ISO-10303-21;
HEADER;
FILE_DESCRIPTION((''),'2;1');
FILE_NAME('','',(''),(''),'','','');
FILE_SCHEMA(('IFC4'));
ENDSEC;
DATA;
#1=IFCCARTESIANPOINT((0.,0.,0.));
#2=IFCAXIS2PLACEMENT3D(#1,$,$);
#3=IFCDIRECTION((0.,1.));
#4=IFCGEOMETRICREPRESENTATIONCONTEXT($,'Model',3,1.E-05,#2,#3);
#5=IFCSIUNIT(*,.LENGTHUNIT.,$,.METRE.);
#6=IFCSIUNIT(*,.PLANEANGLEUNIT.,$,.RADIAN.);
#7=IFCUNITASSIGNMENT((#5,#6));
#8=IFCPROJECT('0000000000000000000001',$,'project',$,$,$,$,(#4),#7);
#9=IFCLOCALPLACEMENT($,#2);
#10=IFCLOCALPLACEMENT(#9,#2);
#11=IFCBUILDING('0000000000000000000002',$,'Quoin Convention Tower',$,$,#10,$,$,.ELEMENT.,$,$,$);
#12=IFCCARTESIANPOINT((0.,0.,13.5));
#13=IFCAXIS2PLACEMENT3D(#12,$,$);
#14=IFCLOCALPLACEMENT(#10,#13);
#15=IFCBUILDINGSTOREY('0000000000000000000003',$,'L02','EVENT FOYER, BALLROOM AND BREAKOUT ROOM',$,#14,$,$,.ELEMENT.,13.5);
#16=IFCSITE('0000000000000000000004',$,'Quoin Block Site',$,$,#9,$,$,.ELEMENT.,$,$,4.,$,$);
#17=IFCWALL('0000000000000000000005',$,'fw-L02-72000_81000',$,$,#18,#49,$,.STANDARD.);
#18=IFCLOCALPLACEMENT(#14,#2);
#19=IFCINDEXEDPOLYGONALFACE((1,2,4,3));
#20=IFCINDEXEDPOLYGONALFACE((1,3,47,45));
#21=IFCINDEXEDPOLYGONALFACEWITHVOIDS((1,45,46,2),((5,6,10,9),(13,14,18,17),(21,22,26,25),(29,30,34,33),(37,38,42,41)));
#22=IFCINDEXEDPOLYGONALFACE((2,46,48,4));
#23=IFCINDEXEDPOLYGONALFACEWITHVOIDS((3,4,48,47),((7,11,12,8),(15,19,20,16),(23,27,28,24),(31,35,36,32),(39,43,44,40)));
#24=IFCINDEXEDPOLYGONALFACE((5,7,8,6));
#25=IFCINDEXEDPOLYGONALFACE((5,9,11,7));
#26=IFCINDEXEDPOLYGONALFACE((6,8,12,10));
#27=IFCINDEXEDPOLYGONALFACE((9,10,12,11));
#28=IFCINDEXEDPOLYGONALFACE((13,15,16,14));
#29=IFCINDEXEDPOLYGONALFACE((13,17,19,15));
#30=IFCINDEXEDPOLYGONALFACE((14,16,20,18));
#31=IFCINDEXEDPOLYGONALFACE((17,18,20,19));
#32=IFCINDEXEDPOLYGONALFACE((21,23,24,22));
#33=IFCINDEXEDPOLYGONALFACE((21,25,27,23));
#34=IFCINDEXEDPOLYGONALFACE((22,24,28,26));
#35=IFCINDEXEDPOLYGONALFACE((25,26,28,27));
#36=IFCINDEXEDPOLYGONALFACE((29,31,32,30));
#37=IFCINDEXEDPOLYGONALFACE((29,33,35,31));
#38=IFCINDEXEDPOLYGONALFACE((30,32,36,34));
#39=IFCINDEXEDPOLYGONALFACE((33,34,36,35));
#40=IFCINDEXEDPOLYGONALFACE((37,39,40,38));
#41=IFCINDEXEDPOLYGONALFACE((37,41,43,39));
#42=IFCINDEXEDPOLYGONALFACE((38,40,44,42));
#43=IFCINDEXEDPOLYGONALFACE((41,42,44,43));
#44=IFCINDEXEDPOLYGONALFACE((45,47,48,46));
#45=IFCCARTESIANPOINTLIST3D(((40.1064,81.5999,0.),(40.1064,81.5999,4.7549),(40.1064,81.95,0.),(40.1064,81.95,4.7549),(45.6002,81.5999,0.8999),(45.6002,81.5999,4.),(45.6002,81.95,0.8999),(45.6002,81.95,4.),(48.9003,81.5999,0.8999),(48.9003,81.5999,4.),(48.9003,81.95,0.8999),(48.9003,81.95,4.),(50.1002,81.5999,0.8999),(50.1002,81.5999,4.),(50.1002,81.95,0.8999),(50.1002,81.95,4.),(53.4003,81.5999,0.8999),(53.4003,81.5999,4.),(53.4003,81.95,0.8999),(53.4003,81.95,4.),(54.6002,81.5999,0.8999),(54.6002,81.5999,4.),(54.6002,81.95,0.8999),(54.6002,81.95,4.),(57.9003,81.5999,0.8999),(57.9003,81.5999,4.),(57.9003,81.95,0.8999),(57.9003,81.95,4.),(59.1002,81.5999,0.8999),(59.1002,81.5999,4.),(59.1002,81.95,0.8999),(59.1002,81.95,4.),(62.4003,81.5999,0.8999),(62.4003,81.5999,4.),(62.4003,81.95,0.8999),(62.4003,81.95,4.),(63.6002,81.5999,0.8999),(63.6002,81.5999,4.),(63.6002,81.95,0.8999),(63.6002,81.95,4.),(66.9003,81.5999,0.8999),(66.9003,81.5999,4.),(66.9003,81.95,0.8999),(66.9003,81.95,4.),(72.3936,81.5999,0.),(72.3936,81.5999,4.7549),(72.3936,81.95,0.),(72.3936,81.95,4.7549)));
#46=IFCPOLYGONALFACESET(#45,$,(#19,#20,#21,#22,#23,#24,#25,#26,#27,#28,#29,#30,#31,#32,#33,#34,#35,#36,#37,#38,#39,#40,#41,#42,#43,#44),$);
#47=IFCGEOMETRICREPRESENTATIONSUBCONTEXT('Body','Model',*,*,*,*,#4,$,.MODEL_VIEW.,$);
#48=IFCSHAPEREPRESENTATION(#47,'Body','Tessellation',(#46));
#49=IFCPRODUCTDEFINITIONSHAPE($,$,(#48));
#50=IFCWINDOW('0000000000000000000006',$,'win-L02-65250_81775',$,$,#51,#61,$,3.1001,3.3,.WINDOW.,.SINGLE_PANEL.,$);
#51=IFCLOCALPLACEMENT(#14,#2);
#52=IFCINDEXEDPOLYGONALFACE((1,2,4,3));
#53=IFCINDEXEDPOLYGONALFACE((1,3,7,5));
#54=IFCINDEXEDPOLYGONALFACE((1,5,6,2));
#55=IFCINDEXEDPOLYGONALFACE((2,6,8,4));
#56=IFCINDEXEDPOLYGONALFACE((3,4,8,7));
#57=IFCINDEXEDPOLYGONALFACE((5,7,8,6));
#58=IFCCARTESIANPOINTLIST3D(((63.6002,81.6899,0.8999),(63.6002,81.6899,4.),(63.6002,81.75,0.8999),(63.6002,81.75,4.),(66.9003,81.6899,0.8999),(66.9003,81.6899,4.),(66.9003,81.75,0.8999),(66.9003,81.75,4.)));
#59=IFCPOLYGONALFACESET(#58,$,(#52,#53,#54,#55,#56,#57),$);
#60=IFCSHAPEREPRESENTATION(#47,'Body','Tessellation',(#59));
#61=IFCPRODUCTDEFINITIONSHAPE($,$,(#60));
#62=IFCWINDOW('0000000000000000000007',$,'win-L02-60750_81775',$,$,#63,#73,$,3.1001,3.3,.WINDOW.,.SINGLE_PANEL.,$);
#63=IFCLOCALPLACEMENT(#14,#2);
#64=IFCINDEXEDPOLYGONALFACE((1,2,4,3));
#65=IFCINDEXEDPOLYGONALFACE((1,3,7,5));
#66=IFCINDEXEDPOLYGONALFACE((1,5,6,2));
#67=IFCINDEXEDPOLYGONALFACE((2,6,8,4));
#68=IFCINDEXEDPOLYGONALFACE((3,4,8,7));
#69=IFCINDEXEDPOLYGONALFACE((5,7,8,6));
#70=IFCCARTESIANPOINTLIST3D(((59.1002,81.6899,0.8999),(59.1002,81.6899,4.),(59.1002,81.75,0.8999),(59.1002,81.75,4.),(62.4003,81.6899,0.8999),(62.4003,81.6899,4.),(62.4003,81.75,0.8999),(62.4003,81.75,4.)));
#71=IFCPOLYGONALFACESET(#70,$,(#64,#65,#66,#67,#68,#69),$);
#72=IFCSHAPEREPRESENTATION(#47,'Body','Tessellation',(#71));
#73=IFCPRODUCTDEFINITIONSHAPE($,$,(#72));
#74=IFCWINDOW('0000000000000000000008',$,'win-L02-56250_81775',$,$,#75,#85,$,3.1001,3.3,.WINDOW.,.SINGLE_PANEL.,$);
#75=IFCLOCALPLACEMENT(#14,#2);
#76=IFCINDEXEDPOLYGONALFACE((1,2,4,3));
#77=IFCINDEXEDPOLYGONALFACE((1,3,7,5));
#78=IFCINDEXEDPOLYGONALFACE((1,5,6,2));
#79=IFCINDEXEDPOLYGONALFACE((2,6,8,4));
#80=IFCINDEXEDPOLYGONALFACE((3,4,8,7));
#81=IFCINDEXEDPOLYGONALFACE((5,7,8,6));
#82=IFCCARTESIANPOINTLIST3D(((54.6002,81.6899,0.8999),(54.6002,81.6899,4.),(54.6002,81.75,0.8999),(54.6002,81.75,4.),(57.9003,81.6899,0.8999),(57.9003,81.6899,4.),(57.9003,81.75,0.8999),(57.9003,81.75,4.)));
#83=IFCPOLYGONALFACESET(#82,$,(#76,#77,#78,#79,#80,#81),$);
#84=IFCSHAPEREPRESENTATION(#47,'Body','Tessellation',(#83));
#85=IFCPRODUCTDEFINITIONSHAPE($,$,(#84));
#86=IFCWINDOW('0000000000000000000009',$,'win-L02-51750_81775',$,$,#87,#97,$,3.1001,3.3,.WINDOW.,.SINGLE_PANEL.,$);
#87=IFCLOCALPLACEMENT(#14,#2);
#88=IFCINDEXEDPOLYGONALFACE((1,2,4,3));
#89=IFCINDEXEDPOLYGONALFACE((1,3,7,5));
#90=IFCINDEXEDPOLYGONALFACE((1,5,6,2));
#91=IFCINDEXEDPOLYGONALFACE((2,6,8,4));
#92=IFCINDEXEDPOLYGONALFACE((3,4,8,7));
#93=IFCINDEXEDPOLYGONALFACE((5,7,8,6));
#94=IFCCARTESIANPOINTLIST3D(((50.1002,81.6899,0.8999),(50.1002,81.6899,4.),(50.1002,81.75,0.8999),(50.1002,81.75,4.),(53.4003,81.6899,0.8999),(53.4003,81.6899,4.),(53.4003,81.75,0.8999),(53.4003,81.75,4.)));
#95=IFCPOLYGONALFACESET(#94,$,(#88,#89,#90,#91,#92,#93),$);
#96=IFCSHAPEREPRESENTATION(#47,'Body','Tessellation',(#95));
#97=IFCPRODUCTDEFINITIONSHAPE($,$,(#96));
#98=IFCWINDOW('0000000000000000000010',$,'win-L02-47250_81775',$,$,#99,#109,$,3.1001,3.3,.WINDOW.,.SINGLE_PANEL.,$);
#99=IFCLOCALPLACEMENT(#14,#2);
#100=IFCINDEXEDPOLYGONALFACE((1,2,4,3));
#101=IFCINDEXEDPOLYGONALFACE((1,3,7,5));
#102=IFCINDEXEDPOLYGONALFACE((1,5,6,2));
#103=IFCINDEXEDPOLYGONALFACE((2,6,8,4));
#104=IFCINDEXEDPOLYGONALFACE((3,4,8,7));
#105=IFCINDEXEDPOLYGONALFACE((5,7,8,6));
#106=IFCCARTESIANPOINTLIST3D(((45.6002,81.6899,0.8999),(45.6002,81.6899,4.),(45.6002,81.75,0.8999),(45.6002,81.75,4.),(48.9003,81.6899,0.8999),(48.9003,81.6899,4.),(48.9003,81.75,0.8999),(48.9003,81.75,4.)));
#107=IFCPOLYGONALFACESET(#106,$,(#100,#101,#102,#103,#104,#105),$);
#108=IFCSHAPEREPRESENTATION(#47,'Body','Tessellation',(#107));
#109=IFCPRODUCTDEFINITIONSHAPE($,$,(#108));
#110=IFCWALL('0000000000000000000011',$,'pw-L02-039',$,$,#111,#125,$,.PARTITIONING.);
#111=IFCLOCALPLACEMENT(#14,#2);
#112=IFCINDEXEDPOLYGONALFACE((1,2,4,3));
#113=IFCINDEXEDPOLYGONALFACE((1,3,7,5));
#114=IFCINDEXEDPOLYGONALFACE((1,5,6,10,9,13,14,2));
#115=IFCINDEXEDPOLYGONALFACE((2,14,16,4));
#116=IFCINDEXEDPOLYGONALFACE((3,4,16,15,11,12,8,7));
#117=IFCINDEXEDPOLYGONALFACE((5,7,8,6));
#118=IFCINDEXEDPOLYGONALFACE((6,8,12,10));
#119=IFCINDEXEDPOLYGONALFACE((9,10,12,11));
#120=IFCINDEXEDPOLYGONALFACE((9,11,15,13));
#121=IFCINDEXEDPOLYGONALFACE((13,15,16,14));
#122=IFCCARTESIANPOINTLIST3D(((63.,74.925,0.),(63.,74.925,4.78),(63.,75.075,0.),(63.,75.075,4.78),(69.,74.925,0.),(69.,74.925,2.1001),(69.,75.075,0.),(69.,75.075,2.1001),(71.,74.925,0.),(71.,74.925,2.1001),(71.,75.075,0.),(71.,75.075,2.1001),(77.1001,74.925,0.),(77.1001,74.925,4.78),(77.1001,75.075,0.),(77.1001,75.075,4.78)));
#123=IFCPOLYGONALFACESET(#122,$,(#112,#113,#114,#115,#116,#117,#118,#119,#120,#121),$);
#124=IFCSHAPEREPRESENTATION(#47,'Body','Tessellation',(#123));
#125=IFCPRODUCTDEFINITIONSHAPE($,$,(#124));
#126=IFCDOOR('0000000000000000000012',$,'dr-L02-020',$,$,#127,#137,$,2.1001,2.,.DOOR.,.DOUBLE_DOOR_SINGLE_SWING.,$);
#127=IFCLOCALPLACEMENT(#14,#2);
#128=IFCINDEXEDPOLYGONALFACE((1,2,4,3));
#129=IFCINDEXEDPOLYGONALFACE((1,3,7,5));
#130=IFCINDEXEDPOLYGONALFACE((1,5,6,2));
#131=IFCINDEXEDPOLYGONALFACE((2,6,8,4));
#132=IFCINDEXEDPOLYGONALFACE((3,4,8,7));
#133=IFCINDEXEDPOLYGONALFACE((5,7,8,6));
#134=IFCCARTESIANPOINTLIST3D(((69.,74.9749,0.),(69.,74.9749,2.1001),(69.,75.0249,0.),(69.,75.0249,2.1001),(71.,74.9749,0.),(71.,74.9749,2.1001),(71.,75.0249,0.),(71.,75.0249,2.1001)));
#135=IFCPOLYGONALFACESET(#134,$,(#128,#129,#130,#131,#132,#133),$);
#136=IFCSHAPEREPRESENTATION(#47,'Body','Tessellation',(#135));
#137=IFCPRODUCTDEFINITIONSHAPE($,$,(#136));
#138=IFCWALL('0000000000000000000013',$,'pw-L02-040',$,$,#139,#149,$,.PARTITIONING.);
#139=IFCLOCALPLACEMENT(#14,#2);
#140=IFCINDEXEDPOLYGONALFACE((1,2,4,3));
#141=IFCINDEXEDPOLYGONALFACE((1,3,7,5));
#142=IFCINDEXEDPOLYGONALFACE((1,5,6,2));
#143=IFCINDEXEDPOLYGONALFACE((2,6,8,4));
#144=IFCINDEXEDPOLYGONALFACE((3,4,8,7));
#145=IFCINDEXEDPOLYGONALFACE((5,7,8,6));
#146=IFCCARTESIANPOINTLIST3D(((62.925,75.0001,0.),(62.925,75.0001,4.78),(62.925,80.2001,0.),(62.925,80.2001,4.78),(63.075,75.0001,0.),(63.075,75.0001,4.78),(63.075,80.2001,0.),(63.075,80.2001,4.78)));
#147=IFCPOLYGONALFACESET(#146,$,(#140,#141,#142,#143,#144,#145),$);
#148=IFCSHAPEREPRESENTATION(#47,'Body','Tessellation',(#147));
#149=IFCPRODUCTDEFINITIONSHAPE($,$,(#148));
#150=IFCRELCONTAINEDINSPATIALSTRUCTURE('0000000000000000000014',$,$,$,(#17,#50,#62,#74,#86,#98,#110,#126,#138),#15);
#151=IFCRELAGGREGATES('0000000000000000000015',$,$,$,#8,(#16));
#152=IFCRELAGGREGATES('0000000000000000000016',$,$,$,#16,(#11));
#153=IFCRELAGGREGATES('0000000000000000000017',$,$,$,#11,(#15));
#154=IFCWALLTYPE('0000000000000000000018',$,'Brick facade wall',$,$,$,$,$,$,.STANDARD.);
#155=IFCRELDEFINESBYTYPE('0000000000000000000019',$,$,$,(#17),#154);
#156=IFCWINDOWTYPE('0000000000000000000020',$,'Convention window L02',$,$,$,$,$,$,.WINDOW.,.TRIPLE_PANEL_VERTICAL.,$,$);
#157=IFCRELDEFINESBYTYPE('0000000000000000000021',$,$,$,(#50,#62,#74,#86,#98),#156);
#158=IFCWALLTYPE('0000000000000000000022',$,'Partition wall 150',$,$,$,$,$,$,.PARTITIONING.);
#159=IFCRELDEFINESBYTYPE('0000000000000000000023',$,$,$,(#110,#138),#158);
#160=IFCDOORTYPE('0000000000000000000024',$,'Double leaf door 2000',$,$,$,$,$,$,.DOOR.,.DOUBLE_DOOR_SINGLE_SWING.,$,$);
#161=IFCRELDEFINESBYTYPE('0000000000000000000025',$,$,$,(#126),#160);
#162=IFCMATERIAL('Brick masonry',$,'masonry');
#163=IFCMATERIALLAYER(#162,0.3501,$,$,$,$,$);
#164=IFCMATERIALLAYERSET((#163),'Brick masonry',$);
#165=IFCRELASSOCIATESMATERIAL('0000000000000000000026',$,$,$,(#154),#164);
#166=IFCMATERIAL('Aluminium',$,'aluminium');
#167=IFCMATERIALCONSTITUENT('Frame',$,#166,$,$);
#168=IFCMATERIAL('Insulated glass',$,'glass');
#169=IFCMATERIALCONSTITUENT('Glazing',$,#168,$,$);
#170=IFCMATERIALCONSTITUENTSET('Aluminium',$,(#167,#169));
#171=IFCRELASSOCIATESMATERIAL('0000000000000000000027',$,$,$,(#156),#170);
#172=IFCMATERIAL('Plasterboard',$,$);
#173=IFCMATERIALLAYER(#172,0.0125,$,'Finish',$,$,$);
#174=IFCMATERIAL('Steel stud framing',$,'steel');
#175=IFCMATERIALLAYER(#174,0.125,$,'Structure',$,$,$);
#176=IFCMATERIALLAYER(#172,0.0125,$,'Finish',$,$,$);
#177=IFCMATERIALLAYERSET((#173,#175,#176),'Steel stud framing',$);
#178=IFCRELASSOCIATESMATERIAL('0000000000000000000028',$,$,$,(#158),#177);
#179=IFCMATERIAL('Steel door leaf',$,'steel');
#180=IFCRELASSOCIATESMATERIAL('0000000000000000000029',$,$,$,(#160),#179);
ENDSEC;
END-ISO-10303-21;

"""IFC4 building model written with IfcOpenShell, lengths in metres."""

from ifc_helpers import new_model, si_unit, direction, frame, frame_2d, origin, place, context, subcontext, project, spatial, rectangle, extrude, material, layer, layer_set, constituent, constituent_set, type_object, element, fill, save


model = new_model("IFC4")

# Units and contexts
model_context = context("Model", 3, precision=1e-05, world=origin(), true_north=direction((0.0, 1.0)))
body_context = subcontext(model_context, "Body", "Model", "MODEL_VIEW")
ifc_project = project(units=[si_unit("LENGTHUNIT", "METRE"), si_unit("PLANEANGLEUNIT", "RADIAN")], contexts=[model_context])

# Site, building, storey
site_placement = place(None, origin())
site = spatial("IfcSite", under=ifc_project, at=site_placement, Name="Quoin Block Site", CompositionType="ELEMENT", RefElevation=4.0)
building_placement = place(site_placement, origin())
building = spatial("IfcBuilding", under=site, at=building_placement, Name="Quoin Convention Tower", CompositionType="ELEMENT")
storey_placement = place(building_placement, frame((0.0, 0.0, 13.5)))
storey = spatial("IfcBuildingStorey", under=building, at=storey_placement, Name="L02", Description="EVENT FOYER, BALLROOM AND BREAKOUT ROOM", CompositionType="ELEMENT", Elevation=13.5)

# Shared definitions
ifc_material_1 = material(Name="Brick masonry", Category="masonry")
ifc_layer_1 = layer(ifc_material_1, 0.3501)
ifc_layer_set_1 = layer_set([ifc_layer_1], Name="Brick masonry")
wall_type_1 = type_object("IfcWallType", Name="Brick facade wall", PredefinedType="STANDARD", material=ifc_layer_set_1)
ifc_material_2 = material(Name="Aluminium", Category="aluminium")
ifc_constituent_1 = constituent(ifc_material_2, Name="Frame")
ifc_material_3 = material(Name="Insulated glass", Category="glass")
ifc_constituent_2 = constituent(ifc_material_3, Name="Glazing")
ifc_constituent_set = constituent_set(constituents=[ifc_constituent_1, ifc_constituent_2], Name="Aluminium")
window_type = type_object("IfcWindowType", Name="Convention window L02", PartitioningType="TRIPLE_PANEL_VERTICAL", PredefinedType="WINDOW", material=ifc_constituent_set)

# Wall, openings, windows
wall_1_placement = place(storey_placement, frame((72.3936, 81.7749, 0.0), z_axis=(0.0, 0.0, 1.0), x_axis=(-1.0, 0.0, 0.0)))
wall_1 = element("IfcWall", 1, at=wall_1_placement, inside=storey, type_object=wall_type_1, Name="fw-L02-72000_81000", PredefinedType="STANDARD", context=body_context, shape_type="SweptSolid", body=[
    extrude(rectangle(XDim=32.2871, YDim=0.3501, at=frame_2d((16.1436, 0.0))), origin(), (0.0, 0.0, 1.0), 4.7549),
])
opening_1_placement = place(wall_1_placement, frame((5.4934, 0.0, 0.8999)))
opening_1 = element("IfcOpeningElement", 2, at=opening_1_placement, cuts=wall_1, PredefinedType="OPENING", context=body_context, shape_type="SweptSolid", body=[
    extrude(rectangle(XDim=3.3, YDim=3.1001, at=frame_2d((1.6499, 1.55))), frame((0.0, 0.1851, 0.0), z_axis=(0.0, -1.0, 0.0), x_axis=(1.0, 0.0, 0.0)), (0.0, 0.0, 1.0), 0.3701),
])
opening_2_placement = place(wall_1_placement, frame((9.9934, 0.0, 0.8999)))
opening_2 = element("IfcOpeningElement", 3, at=opening_2_placement, cuts=wall_1, PredefinedType="OPENING", context=body_context, shape_type="SweptSolid", body=[
    extrude(rectangle(XDim=3.3, YDim=3.1001, at=frame_2d((1.6499, 1.55))), frame((0.0, 0.1851, 0.0), z_axis=(0.0, -1.0, 0.0), x_axis=(1.0, 0.0, 0.0)), (0.0, 0.0, 1.0), 0.3701),
])
opening_3_placement = place(wall_1_placement, frame((14.4934, 0.0, 0.8999)))
opening_3 = element("IfcOpeningElement", 4, at=opening_3_placement, cuts=wall_1, PredefinedType="OPENING", context=body_context, shape_type="SweptSolid", body=[
    extrude(rectangle(XDim=3.3, YDim=3.1001, at=frame_2d((1.6499, 1.55))), frame((0.0, 0.1851, 0.0), z_axis=(0.0, -1.0, 0.0), x_axis=(1.0, 0.0, 0.0)), (0.0, 0.0, 1.0), 0.3701),
])
opening_4_placement = place(wall_1_placement, frame((18.9934, 0.0, 0.8999)))
opening_4 = element("IfcOpeningElement", 5, at=opening_4_placement, cuts=wall_1, PredefinedType="OPENING", context=body_context, shape_type="SweptSolid", body=[
    extrude(rectangle(XDim=3.3, YDim=3.1001, at=frame_2d((1.6499, 1.55))), frame((0.0, 0.1851, 0.0), z_axis=(0.0, -1.0, 0.0), x_axis=(1.0, 0.0, 0.0)), (0.0, 0.0, 1.0), 0.3701),
])
opening_5_placement = place(wall_1_placement, frame((23.4934, 0.0, 0.8999)))
opening_5 = element("IfcOpeningElement", 6, at=opening_5_placement, cuts=wall_1, PredefinedType="OPENING", context=body_context, shape_type="SweptSolid", body=[
    extrude(rectangle(XDim=3.3, YDim=3.1001, at=frame_2d((1.6499, 1.55))), frame((0.0, 0.1851, 0.0), z_axis=(0.0, -1.0, 0.0), x_axis=(1.0, 0.0, 0.0)), (0.0, 0.0, 1.0), 0.3701),
])
window_1_placement = place(opening_1_placement, origin())
window_1 = element("IfcWindow", 7, at=window_1_placement, inside=storey, type_object=window_type, Name="win-L02-65250_81775", OverallHeight=3.1001, OverallWidth=3.3, PartitioningType="SINGLE_PANEL", PredefinedType="WINDOW", context=body_context, shape_type="SweptSolid", body=[
    extrude(rectangle(XDim=3.3, YDim=3.1001, at=frame_2d((1.6499, 1.55))), frame((0.0, 0.085, 0.0), z_axis=(0.0, -1.0, 0.0), x_axis=(1.0, 0.0, 0.0)), (0.0, 0.0, 1.0), 0.0601),
])
fill(opening_1, window_1)
window_2_placement = place(opening_2_placement, origin())
window_2 = element("IfcWindow", 8, at=window_2_placement, inside=storey, type_object=window_type, Name="win-L02-60750_81775", OverallHeight=3.1001, OverallWidth=3.3, PartitioningType="SINGLE_PANEL", PredefinedType="WINDOW", context=body_context, shape_type="SweptSolid", body=[
    extrude(rectangle(XDim=3.3, YDim=3.1001, at=frame_2d((1.6499, 1.55))), frame((0.0, 0.085, 0.0), z_axis=(0.0, -1.0, 0.0), x_axis=(1.0, 0.0, 0.0)), (0.0, 0.0, 1.0), 0.0601),
])
fill(opening_2, window_2)
window_3_placement = place(opening_3_placement, origin())
window_3 = element("IfcWindow", 9, at=window_3_placement, inside=storey, type_object=window_type, Name="win-L02-56250_81775", OverallHeight=3.1001, OverallWidth=3.3, PartitioningType="SINGLE_PANEL", PredefinedType="WINDOW", context=body_context, shape_type="SweptSolid", body=[
    extrude(rectangle(XDim=3.3, YDim=3.1001, at=frame_2d((1.6499, 1.55))), frame((0.0, 0.085, 0.0), z_axis=(0.0, -1.0, 0.0), x_axis=(1.0, 0.0, 0.0)), (0.0, 0.0, 1.0), 0.0601),
])
fill(opening_3, window_3)
window_4_placement = place(opening_4_placement, origin())
window_4 = element("IfcWindow", 10, at=window_4_placement, inside=storey, type_object=window_type, Name="win-L02-51750_81775", OverallHeight=3.1001, OverallWidth=3.3, PartitioningType="SINGLE_PANEL", PredefinedType="WINDOW", context=body_context, shape_type="SweptSolid", body=[
    extrude(rectangle(XDim=3.3, YDim=3.1001, at=frame_2d((1.6499, 1.55))), frame((0.0, 0.085, 0.0), z_axis=(0.0, -1.0, 0.0), x_axis=(1.0, 0.0, 0.0)), (0.0, 0.0, 1.0), 0.0601),
])
fill(opening_4, window_4)
window_5_placement = place(opening_5_placement, origin())
window_5 = element("IfcWindow", 11, at=window_5_placement, inside=storey, type_object=window_type, Name="win-L02-47250_81775", OverallHeight=3.1001, OverallWidth=3.3, PartitioningType="SINGLE_PANEL", PredefinedType="WINDOW", context=body_context, shape_type="SweptSolid", body=[
    extrude(rectangle(XDim=3.3, YDim=3.1001, at=frame_2d((1.6499, 1.55))), frame((0.0, 0.085, 0.0), z_axis=(0.0, -1.0, 0.0), x_axis=(1.0, 0.0, 0.0)), (0.0, 0.0, 1.0), 0.0601),
])
fill(opening_5, window_5)

# Wall, opening, door
ifc_material_4 = material(Name="Plasterboard")
ifc_layer_2 = layer(ifc_material_4, 0.0125, Name="Finish")
ifc_material_5 = material(Name="Steel stud framing", Category="steel")
ifc_layer_3 = layer(ifc_material_5, 0.125, Name="Structure")
ifc_layer_4 = layer(ifc_material_4, 0.0125, Name="Finish")
ifc_layer_set_2 = layer_set([ifc_layer_2, ifc_layer_3, ifc_layer_4], Name="Steel stud framing")
wall_type_2 = type_object("IfcWallType", Name="Partition wall 150", PredefinedType="PARTITIONING", material=ifc_layer_set_2)
wall_2_placement = place(storey_placement, frame((63.0, 75.0, 0.0), z_axis=(0.0, 0.0, 1.0), x_axis=(1.0, 0.0, 0.0)))
wall_2 = element("IfcWall", 12, at=wall_2_placement, inside=storey, type_object=wall_type_2, Name="pw-L02-039", PredefinedType="PARTITIONING", context=body_context, shape_type="SweptSolid", body=[
    extrude(rectangle(XDim=14.1001, YDim=0.1499, at=frame_2d((7.05, 0.0))), origin(), (0.0, 0.0, 1.0), 4.78),
])
opening_6_placement = place(wall_2_placement, frame((6.0, 0.0, 0.0)))
opening_6 = element("IfcOpeningElement", 13, at=opening_6_placement, cuts=wall_2, PredefinedType="OPENING", context=body_context, shape_type="SweptSolid", body=[
    extrude(rectangle(XDim=2.0, YDim=2.1001, at=frame_2d((1.0, 1.05))), frame((0.0, 0.085, 0.0), z_axis=(0.0, -1.0, 0.0), x_axis=(1.0, 0.0, 0.0)), (0.0, 0.0, 1.0), 0.1699),
])
ifc_material_6 = material(Name="Steel door leaf", Category="steel")
door_type = type_object("IfcDoorType", Name="Double leaf door 2000", OperationType="DOUBLE_DOOR_SINGLE_SWING", PredefinedType="DOOR", material=ifc_material_6)
door_placement = place(opening_6_placement, origin())
door = element("IfcDoor", 14, at=door_placement, inside=storey, type_object=door_type, Name="dr-L02-020", OperationType="DOUBLE_DOOR_SINGLE_SWING", OverallHeight=2.1001, OverallWidth=2.0, PredefinedType="DOOR", context=body_context, shape_type="SweptSolid", body=[
    extrude(rectangle(XDim=2.0, YDim=2.1001, at=frame_2d((1.0, 1.05))), frame((0.0, 0.0249, 0.0), z_axis=(0.0, -1.0, 0.0), x_axis=(1.0, 0.0, 0.0)), (0.0, 0.0, 1.0), 0.05),
])
fill(opening_6, door)

# Wall
wall_3_placement = place(storey_placement, frame((63.0, 75.0, 0.0), z_axis=(0.0, 0.0, 1.0), x_axis=(0.0, 1.0, 0.0)))
element("IfcWall", 15, at=wall_3_placement, inside=storey, type_object=wall_type_2, Name="pw-L02-040", PredefinedType="PARTITIONING", context=body_context, shape_type="SweptSolid", body=[
    extrude(rectangle(XDim=5.2, YDim=0.1499, at=frame_2d((2.6001, 0.0))), origin(), (0.0, 0.0, 1.0), 4.78),
])

save(model, "model.ifc")
